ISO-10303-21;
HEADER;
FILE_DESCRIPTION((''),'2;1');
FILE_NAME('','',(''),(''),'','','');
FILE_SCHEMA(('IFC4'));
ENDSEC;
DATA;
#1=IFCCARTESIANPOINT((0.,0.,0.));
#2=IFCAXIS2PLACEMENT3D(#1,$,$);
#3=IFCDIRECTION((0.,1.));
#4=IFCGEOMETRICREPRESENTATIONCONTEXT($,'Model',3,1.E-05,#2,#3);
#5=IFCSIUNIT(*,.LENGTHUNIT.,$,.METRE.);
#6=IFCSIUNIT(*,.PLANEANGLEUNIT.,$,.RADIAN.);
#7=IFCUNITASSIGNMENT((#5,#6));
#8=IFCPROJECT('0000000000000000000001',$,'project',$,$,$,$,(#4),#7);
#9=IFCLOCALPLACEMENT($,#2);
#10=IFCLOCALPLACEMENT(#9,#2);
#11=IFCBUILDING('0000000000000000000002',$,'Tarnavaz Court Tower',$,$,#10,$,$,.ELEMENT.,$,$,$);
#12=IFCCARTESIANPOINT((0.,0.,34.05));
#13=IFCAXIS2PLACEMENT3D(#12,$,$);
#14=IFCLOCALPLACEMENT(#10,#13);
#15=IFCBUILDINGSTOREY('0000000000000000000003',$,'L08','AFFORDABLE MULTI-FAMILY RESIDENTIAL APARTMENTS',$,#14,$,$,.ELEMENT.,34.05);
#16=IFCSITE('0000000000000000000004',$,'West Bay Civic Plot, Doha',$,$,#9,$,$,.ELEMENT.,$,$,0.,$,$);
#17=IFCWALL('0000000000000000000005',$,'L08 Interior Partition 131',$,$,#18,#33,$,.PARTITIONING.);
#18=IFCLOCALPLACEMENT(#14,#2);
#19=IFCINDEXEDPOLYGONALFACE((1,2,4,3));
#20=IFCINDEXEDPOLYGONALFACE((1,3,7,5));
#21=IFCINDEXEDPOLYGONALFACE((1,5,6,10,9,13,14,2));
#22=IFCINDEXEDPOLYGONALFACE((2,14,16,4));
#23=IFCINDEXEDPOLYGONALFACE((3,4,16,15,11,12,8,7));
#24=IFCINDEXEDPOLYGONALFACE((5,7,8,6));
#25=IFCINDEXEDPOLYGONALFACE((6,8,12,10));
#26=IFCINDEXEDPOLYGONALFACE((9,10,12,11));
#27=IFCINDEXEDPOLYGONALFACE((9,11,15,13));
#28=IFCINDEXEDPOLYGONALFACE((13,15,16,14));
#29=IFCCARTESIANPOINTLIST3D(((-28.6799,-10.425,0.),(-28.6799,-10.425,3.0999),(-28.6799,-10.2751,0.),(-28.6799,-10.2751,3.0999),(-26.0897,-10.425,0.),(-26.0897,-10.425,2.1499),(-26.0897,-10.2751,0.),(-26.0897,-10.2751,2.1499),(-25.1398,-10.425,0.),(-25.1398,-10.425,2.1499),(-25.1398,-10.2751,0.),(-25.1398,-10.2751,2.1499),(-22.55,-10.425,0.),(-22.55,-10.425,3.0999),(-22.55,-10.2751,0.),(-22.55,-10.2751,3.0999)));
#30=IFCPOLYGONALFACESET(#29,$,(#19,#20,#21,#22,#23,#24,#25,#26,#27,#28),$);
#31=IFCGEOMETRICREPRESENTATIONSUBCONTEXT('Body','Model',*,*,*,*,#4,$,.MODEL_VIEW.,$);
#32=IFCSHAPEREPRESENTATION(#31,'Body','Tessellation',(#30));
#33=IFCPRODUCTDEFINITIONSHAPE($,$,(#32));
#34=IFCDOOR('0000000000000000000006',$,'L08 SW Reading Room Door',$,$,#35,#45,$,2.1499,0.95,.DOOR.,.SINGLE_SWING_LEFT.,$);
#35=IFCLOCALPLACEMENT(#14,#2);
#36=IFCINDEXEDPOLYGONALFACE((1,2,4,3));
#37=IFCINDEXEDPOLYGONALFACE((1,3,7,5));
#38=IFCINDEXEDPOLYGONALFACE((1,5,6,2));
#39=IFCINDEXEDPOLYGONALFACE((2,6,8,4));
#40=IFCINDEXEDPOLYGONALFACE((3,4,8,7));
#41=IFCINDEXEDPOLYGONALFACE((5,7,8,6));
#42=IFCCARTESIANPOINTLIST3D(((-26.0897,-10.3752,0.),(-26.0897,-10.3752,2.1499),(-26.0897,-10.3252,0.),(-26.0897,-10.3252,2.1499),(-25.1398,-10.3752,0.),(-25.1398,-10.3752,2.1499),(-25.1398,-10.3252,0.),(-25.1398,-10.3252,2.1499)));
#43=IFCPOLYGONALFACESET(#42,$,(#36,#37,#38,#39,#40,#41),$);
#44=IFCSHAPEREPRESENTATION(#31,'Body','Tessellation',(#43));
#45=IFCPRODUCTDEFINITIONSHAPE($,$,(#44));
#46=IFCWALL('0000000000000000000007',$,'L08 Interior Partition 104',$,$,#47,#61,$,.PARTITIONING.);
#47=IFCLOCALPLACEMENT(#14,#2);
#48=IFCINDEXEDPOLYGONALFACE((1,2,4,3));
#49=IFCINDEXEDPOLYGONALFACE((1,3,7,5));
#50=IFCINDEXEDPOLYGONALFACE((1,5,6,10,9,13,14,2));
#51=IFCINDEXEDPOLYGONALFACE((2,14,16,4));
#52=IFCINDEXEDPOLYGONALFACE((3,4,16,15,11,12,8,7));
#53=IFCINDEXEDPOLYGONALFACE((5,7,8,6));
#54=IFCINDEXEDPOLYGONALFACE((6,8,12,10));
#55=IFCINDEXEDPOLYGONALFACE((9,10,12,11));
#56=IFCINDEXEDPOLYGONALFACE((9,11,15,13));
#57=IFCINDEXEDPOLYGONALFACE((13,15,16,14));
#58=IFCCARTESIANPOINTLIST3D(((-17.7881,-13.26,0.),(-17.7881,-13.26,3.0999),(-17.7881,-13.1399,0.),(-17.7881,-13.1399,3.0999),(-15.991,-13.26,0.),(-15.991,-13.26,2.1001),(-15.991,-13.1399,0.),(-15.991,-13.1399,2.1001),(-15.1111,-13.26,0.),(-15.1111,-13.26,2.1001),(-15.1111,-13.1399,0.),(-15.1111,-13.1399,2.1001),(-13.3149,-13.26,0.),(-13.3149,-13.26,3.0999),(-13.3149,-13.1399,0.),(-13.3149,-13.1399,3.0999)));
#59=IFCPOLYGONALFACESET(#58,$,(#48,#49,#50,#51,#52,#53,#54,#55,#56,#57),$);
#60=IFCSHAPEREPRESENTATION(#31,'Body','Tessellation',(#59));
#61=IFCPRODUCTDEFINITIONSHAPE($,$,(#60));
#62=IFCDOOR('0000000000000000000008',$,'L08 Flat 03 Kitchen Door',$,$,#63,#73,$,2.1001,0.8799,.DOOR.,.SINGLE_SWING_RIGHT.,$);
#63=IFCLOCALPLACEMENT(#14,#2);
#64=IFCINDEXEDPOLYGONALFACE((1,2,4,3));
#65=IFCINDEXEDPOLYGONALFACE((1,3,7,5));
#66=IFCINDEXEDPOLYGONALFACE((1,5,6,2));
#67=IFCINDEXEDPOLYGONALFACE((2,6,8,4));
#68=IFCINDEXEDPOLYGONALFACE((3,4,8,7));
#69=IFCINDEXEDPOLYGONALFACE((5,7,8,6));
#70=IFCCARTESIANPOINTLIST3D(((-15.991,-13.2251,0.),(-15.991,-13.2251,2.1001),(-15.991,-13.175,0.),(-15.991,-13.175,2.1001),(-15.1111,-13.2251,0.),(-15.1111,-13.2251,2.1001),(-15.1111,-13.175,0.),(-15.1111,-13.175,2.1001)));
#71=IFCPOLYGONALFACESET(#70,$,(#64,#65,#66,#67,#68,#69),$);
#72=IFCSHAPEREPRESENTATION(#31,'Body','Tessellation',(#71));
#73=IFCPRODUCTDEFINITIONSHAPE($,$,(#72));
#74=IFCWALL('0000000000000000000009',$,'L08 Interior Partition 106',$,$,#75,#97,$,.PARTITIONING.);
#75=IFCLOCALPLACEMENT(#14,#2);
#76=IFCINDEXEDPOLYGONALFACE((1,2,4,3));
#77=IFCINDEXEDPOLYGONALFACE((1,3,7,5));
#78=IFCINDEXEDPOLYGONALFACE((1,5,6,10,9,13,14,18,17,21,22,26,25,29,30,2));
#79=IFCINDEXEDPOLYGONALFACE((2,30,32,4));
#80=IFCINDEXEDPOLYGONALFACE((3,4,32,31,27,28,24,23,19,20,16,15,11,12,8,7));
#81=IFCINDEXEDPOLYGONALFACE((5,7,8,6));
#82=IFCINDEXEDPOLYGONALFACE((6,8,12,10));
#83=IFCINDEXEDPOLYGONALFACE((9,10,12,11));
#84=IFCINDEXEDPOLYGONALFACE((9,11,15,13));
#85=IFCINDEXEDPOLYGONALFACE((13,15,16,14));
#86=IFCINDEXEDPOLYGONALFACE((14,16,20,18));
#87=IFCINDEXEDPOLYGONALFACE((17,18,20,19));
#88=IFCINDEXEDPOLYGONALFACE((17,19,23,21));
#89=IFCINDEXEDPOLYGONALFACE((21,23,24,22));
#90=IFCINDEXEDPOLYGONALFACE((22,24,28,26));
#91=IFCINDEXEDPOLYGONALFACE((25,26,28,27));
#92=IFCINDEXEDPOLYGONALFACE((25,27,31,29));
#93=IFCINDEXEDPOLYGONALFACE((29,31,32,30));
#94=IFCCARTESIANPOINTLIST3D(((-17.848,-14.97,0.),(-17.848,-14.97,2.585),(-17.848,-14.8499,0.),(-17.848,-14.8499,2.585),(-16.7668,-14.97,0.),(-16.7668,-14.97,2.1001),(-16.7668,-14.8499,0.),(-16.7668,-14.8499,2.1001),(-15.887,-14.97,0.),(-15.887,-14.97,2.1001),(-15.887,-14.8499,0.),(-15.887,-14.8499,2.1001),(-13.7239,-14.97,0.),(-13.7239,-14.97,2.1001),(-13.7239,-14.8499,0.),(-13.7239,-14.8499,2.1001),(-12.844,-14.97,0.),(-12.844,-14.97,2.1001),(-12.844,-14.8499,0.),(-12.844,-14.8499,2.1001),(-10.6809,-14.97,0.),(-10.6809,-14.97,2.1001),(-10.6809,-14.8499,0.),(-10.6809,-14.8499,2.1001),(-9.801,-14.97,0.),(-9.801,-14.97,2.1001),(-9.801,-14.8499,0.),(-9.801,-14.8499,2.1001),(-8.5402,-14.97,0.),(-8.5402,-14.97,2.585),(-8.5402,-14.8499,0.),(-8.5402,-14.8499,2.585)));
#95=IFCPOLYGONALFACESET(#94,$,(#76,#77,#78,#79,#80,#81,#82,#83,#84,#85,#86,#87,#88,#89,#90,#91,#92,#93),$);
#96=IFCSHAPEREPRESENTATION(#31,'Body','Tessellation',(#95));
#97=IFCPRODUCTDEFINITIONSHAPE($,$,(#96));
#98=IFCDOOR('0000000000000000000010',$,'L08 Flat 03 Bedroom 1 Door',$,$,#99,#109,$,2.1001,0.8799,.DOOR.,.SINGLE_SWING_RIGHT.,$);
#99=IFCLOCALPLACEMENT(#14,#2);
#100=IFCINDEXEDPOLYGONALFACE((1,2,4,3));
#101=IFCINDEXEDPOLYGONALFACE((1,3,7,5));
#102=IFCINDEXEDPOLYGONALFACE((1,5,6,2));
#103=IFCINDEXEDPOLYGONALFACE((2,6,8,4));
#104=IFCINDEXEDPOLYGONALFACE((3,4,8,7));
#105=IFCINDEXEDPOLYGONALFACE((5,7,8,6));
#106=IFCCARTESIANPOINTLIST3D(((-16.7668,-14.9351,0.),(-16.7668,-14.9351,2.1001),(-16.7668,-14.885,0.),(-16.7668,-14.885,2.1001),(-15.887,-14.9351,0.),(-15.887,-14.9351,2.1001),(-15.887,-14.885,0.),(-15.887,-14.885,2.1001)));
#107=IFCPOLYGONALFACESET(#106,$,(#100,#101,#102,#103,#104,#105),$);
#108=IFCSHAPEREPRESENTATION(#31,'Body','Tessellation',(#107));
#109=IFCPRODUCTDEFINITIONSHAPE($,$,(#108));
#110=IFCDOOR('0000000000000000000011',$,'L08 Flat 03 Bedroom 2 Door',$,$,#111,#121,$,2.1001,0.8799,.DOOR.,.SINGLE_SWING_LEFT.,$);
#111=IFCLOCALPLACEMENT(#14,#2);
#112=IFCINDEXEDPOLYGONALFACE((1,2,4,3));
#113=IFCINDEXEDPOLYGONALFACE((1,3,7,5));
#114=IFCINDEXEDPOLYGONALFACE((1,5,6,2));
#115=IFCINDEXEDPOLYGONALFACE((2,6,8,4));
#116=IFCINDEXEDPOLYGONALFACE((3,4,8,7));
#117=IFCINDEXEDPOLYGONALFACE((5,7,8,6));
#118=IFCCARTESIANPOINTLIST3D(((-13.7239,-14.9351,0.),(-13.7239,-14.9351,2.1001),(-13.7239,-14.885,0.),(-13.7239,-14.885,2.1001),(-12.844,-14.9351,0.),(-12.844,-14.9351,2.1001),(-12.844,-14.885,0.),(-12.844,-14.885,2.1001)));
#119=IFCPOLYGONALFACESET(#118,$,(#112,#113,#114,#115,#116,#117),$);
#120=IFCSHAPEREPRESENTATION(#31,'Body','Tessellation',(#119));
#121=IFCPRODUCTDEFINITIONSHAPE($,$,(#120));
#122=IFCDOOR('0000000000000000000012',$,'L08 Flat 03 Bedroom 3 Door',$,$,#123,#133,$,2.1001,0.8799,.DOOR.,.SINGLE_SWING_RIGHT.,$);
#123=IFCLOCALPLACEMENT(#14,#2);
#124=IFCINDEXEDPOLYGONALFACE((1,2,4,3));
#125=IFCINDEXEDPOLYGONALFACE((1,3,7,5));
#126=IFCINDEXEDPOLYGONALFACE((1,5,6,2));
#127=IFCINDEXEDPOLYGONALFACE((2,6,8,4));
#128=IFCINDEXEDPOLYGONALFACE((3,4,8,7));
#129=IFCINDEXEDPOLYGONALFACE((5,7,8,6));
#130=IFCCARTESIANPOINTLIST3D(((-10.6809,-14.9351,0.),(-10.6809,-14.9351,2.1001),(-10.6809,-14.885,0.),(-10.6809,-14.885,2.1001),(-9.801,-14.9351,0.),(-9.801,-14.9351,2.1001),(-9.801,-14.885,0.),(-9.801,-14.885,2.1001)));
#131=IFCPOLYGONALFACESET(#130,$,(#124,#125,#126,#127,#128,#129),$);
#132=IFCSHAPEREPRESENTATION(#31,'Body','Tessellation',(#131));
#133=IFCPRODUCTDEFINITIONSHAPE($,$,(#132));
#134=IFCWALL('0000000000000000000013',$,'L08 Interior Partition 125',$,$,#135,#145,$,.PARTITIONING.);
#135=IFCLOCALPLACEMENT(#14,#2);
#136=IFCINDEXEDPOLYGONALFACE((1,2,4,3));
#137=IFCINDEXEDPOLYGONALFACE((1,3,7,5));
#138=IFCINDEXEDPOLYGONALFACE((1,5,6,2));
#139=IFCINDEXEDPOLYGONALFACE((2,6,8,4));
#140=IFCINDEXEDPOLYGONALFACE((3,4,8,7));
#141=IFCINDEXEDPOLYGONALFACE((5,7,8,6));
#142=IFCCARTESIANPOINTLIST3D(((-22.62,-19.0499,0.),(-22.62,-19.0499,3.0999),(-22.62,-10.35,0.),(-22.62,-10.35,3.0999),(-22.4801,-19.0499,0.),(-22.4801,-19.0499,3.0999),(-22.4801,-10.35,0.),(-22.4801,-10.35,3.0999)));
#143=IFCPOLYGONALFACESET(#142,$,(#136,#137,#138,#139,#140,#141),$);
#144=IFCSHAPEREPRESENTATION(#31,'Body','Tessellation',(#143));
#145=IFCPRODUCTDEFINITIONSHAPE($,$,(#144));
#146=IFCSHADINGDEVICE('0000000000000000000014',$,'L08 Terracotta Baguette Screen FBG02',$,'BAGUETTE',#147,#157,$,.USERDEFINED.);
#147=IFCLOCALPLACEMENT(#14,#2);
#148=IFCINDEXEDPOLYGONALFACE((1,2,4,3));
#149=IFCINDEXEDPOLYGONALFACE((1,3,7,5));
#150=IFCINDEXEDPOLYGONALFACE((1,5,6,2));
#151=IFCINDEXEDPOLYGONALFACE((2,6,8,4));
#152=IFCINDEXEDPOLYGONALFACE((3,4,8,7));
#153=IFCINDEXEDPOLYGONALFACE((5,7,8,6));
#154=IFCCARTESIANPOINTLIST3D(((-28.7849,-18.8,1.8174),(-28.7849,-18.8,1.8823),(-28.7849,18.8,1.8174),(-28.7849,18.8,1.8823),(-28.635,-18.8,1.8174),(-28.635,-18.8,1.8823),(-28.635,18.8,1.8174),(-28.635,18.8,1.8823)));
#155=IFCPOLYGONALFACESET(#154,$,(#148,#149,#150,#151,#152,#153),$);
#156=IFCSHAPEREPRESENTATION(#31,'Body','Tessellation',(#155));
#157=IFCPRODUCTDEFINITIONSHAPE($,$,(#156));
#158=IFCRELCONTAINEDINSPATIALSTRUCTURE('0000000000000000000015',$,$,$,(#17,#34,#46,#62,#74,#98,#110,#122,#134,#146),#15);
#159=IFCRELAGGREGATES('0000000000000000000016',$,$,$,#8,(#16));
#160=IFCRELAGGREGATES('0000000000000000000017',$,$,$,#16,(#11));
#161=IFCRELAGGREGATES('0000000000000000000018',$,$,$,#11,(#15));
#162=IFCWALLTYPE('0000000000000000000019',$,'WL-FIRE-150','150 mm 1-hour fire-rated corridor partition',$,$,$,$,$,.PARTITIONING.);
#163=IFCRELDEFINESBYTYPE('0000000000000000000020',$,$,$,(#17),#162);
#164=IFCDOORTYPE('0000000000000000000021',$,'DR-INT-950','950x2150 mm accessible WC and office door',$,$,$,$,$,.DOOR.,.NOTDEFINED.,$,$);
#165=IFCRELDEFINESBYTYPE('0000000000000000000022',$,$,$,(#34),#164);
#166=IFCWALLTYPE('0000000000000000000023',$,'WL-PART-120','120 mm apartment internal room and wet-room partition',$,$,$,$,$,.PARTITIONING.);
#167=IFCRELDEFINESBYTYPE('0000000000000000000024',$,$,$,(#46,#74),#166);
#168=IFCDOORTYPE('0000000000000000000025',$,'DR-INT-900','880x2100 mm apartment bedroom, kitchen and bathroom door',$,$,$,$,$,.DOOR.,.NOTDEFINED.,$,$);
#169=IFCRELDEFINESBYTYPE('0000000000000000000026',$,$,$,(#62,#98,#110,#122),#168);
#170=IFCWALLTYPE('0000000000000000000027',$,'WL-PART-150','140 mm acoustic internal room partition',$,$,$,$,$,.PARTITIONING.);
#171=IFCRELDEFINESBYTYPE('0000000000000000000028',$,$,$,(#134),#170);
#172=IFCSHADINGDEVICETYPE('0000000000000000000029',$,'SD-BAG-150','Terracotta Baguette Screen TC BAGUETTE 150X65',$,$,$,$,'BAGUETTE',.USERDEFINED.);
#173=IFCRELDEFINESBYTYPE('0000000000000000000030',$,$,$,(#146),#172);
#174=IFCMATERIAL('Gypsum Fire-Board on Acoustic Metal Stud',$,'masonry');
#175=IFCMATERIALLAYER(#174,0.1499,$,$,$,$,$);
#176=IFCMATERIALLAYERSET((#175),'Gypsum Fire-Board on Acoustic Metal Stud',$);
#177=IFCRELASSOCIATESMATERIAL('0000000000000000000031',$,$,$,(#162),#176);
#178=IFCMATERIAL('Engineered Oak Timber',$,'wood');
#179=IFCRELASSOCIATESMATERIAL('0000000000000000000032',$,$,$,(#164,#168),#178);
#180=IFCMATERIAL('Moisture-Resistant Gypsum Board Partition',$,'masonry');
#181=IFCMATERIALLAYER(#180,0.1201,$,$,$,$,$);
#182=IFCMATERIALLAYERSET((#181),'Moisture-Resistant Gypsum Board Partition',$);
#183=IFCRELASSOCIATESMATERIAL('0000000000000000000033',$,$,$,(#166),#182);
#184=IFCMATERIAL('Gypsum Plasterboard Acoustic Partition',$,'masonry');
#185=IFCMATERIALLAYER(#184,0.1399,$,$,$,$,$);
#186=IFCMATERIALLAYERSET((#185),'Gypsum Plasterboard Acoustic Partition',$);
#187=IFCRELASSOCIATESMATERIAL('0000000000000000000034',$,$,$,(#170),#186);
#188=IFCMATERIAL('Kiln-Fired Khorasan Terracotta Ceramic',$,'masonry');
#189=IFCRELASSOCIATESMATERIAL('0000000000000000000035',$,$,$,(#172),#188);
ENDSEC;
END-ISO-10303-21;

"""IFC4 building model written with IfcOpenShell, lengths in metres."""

from ifc_helpers import new_model, si_unit, direction, frame, frame_2d, origin, origin_2d, place, context, subcontext, project, spatial, rectangle, extrude, material, layer, layer_set, material_profile, profile_set, type_object, element, fill, save


model = new_model("IFC4")

# Units and contexts
model_context = context("Model", 3, precision=1e-05, world=origin(), true_north=direction((0.0, 1.0)))
body_context = subcontext(model_context, "Body", "Model", "MODEL_VIEW")
ifc_project = project(units=[si_unit("LENGTHUNIT", "METRE"), si_unit("PLANEANGLEUNIT", "RADIAN")], contexts=[model_context])

# Site, building, storey
site_placement = place(None, origin())
site = spatial("IfcSite", under=ifc_project, at=site_placement, Name="West Bay Civic Plot, Doha", CompositionType="ELEMENT", RefElevation=0.0)
building_placement = place(site_placement, origin())
building = spatial("IfcBuilding", under=site, at=building_placement, Name="Tarnavaz Court Tower", CompositionType="ELEMENT")
storey_placement = place(building_placement, frame((0.0, 0.0, 34.05)))
storey = spatial("IfcBuildingStorey", under=building, at=storey_placement, Name="L08", Description="AFFORDABLE MULTI-FAMILY RESIDENTIAL APARTMENTS", CompositionType="ELEMENT", Elevation=34.05)

# Walls, openings, doors
ifc_material_1 = material(Name="Gypsum Fire-Board on Acoustic Metal Stud", Category="masonry")
ifc_layer_1 = layer(ifc_material_1, 0.1499)
ifc_layer_set_1 = layer_set([ifc_layer_1], Name="Gypsum Fire-Board on Acoustic Metal Stud")
wall_type_1 = type_object("IfcWallType", Name="WL-FIRE-150", Description="150 mm 1-hour fire-rated corridor partition", PredefinedType="PARTITIONING", material=ifc_layer_set_1)
wall_1_placement = place(storey_placement, frame((-28.6799, -10.3501, 0.0), z_axis=(0.0, 0.0, 1.0), x_axis=(1.0, 0.0, 0.0)))
wall_1 = element("IfcWall", 1, at=wall_1_placement, inside=storey, type_object=wall_type_1, Name="L08 Interior Partition 131", PredefinedType="PARTITIONING", context=body_context, shape_type="SweptSolid", body=[
    extrude(rectangle(XDim=6.1299, YDim=0.1499, at=frame_2d((3.0649, 0.0))), origin(), (0.0, 0.0, 1.0), 3.0999),
])
opening_1_placement = place(wall_1_placement, frame((2.5901, 0.0, 0.0)))
opening_1 = element("IfcOpeningElement", 2, at=opening_1_placement, cuts=wall_1, PredefinedType="OPENING", context=body_context, shape_type="SweptSolid", body=[
    extrude(rectangle(XDim=0.95, YDim=2.1499, at=frame_2d((0.4751, 1.075))), frame((0.0, 0.085, 0.0), z_axis=(0.0, -1.0, 0.0), x_axis=(1.0, 0.0, 0.0)), (0.0, 0.0, 1.0), 0.1699),
])
ifc_material_2 = material(Name="Engineered Oak Timber", Category="wood")
door_type_1 = type_object("IfcDoorType", Name="DR-INT-950", Description="950x2150 mm accessible WC and office door", OperationType="NOTDEFINED", PredefinedType="DOOR", material=ifc_material_2)
door_1_placement = place(opening_1_placement, origin())
door_1 = element("IfcDoor", 3, at=door_1_placement, inside=storey, type_object=door_type_1, Name="L08 SW Reading Room Door", OperationType="SINGLE_SWING_LEFT", OverallHeight=2.1499, OverallWidth=0.95, PredefinedType="DOOR", context=body_context, shape_type="SweptSolid", body=[
    extrude(rectangle(XDim=0.95, YDim=2.1499, at=frame_2d((0.4751, 1.075))), frame((0.0, 0.0249, 0.0), z_axis=(0.0, -1.0, 0.0), x_axis=(1.0, 0.0, 0.0)), (0.0, 0.0, 1.0), 0.05),
])
fill(opening_1, door_1)
ifc_material_3 = material(Name="Moisture-Resistant Gypsum Board Partition", Category="masonry")
ifc_layer_2 = layer(ifc_material_3, 0.1201)
ifc_layer_set_2 = layer_set([ifc_layer_2], Name="Moisture-Resistant Gypsum Board Partition")
wall_type_2 = type_object("IfcWallType", Name="WL-PART-120", Description="120 mm apartment internal room and wet-room partition", PredefinedType="PARTITIONING", material=ifc_layer_set_2)
wall_2_placement = place(storey_placement, frame((-17.7881, -13.2, 0.0), z_axis=(0.0, 0.0, 1.0), x_axis=(1.0, 0.0, 0.0)))
wall_2 = element("IfcWall", 4, at=wall_2_placement, inside=storey, type_object=wall_type_2, Name="L08 Interior Partition 104", PredefinedType="PARTITIONING", context=body_context, shape_type="SweptSolid", body=[
    extrude(rectangle(XDim=4.4731, YDim=0.1201, at=frame_2d((2.2366, 0.0))), origin(), (0.0, 0.0, 1.0), 3.0999),
])
opening_2_placement = place(wall_2_placement, frame((1.7971, 0.0, 0.0)))
opening_2 = element("IfcOpeningElement", 5, at=opening_2_placement, cuts=wall_2, PredefinedType="OPENING", context=body_context, shape_type="SweptSolid", body=[
    extrude(rectangle(XDim=0.8799, YDim=2.1001, at=frame_2d((0.4399, 1.05))), frame((0.0, 0.0701, 0.0), z_axis=(0.0, -1.0, 0.0), x_axis=(1.0, 0.0, 0.0)), (0.0, 0.0, 1.0), 0.1401),
])
door_type_2 = type_object("IfcDoorType", Name="DR-INT-900", Description="880x2100 mm apartment bedroom, kitchen and bathroom door", OperationType="NOTDEFINED", PredefinedType="DOOR", material=ifc_material_2)
door_2_placement = place(opening_2_placement, origin())
door_2 = element("IfcDoor", 6, at=door_2_placement, inside=storey, type_object=door_type_2, Name="L08 Flat 03 Kitchen Door", OperationType="SINGLE_SWING_RIGHT", OverallHeight=2.1001, OverallWidth=0.8799, PredefinedType="DOOR", context=body_context, shape_type="SweptSolid", body=[
    extrude(rectangle(XDim=0.8799, YDim=2.1001, at=frame_2d((0.4399, 1.05))), frame((0.0, 0.0249, 0.0), z_axis=(0.0, -1.0, 0.0), x_axis=(1.0, 0.0, 0.0)), (0.0, 0.0, 1.0), 0.05),
])
fill(opening_2, door_2)

# Wall, openings, doors
wall_3_placement = place(storey_placement, frame((-17.8479, -14.9099, 0.0), z_axis=(0.0, 0.0, 1.0), x_axis=(1.0, 0.0, 0.0)))
wall_3 = element("IfcWall", 7, at=wall_3_placement, inside=storey, type_object=wall_type_2, Name="L08 Interior Partition 106", PredefinedType="PARTITIONING", context=body_context, shape_type="SweptSolid", body=[
    extrude(rectangle(XDim=9.3079, YDim=0.1201, at=frame_2d((4.6538, 0.0))), origin(), (0.0, 0.0, 1.0), 2.585),
])
opening_3_placement = place(wall_3_placement, frame((1.0811, 0.0, 0.0)))
opening_3 = element("IfcOpeningElement", 8, at=opening_3_placement, cuts=wall_3, PredefinedType="OPENING", context=body_context, shape_type="SweptSolid", body=[
    extrude(rectangle(XDim=0.8799, YDim=2.1001, at=frame_2d((0.4399, 1.05))), frame((0.0, 0.0701, 0.0), z_axis=(0.0, -1.0, 0.0), x_axis=(1.0, 0.0, 0.0)), (0.0, 0.0, 1.0), 0.1401),
])
opening_4_placement = place(wall_3_placement, frame((4.124, 0.0, 0.0)))
opening_4 = element("IfcOpeningElement", 9, at=opening_4_placement, cuts=wall_3, PredefinedType="OPENING", context=body_context, shape_type="SweptSolid", body=[
    extrude(rectangle(XDim=0.8799, YDim=2.1001, at=frame_2d((0.4399, 1.05))), frame((0.0, 0.0701, 0.0), z_axis=(0.0, -1.0, 0.0), x_axis=(1.0, 0.0, 0.0)), (0.0, 0.0, 1.0), 0.1401),
])
opening_5_placement = place(wall_3_placement, frame((7.167, 0.0, 0.0)))
opening_5 = element("IfcOpeningElement", 10, at=opening_5_placement, cuts=wall_3, PredefinedType="OPENING", context=body_context, shape_type="SweptSolid", body=[
    extrude(rectangle(XDim=0.8799, YDim=2.1001, at=frame_2d((0.4399, 1.05))), frame((0.0, 0.0701, 0.0), z_axis=(0.0, -1.0, 0.0), x_axis=(1.0, 0.0, 0.0)), (0.0, 0.0, 1.0), 0.1401),
])
door_3_placement = place(opening_3_placement, origin())
door_3 = element("IfcDoor", 11, at=door_3_placement, inside=storey, type_object=door_type_2, Name="L08 Flat 03 Bedroom 1 Door", OperationType="SINGLE_SWING_RIGHT", OverallHeight=2.1001, OverallWidth=0.8799, PredefinedType="DOOR", context=body_context, shape_type="SweptSolid", body=[
    extrude(rectangle(XDim=0.8799, YDim=2.1001, at=frame_2d((0.4399, 1.05))), frame((0.0, 0.0249, 0.0), z_axis=(0.0, -1.0, 0.0), x_axis=(1.0, 0.0, 0.0)), (0.0, 0.0, 1.0), 0.05),
])
fill(opening_3, door_3)
door_4_placement = place(opening_4_placement, origin())
door_4 = element("IfcDoor", 12, at=door_4_placement, inside=storey, type_object=door_type_2, Name="L08 Flat 03 Bedroom 2 Door", OperationType="SINGLE_SWING_LEFT", OverallHeight=2.1001, OverallWidth=0.8799, PredefinedType="DOOR", context=body_context, shape_type="SweptSolid", body=[
    extrude(rectangle(XDim=0.8799, YDim=2.1001, at=frame_2d((0.4399, 1.05))), frame((0.0, 0.0249, 0.0), z_axis=(0.0, -1.0, 0.0), x_axis=(1.0, 0.0, 0.0)), (0.0, 0.0, 1.0), 0.05),
])
fill(opening_4, door_4)
door_5_placement = place(opening_5_placement, origin())
door_5 = element("IfcDoor", 13, at=door_5_placement, inside=storey, type_object=door_type_2, Name="L08 Flat 03 Bedroom 3 Door", OperationType="SINGLE_SWING_RIGHT", OverallHeight=2.1001, OverallWidth=0.8799, PredefinedType="DOOR", context=body_context, shape_type="SweptSolid", body=[
    extrude(rectangle(XDim=0.8799, YDim=2.1001, at=frame_2d((0.4399, 1.05))), frame((0.0, 0.0249, 0.0), z_axis=(0.0, -1.0, 0.0), x_axis=(1.0, 0.0, 0.0)), (0.0, 0.0, 1.0), 0.05),
])
fill(opening_5, door_5)

# Wall
ifc_material_4 = material(Name="Gypsum Plasterboard Acoustic Partition", Category="masonry")
ifc_layer_3 = layer(ifc_material_4, 0.1399)
ifc_layer_set_3 = layer_set([ifc_layer_3], Name="Gypsum Plasterboard Acoustic Partition")
wall_type_3 = type_object("IfcWallType", Name="WL-PART-150", Description="140 mm acoustic internal room partition", PredefinedType="PARTITIONING", material=ifc_layer_set_3)
wall_4_placement = place(storey_placement, frame((-22.55, -19.05, 0.0), z_axis=(0.0, 0.0, 1.0), x_axis=(0.0, 1.0, 0.0)))
element("IfcWall", 14, at=wall_4_placement, inside=storey, type_object=wall_type_3, Name="L08 Interior Partition 125", PredefinedType="PARTITIONING", context=body_context, shape_type="SweptSolid", body=[
    extrude(rectangle(XDim=8.7, YDim=0.1399, at=frame_2d((4.3501, 0.0))), origin(), (0.0, 0.0, 1.0), 3.0999),
])

# Shading device
ifc_material_5 = material(Name="Kiln-Fired Khorasan Terracotta Ceramic", Category="masonry")
ifc_material_profile_1 = material_profile(ifc_material_5, rectangle(XDim=0.1499, YDim=0.0649, at=origin_2d()), Name="TC BAGUETTE 150X65")
ifc_profile_set_1 = profile_set([ifc_material_profile_1], Name="Kiln-Fired Khorasan Terracotta Ceramic")
shading_device_type = type_object("IfcShadingDeviceType", Name="SD-BAG-150", Description="Terracotta Baguette Screen TC BAGUETTE 150X65", ElementType="BAGUETTE", PredefinedType="USERDEFINED", material=ifc_profile_set_1)
shading_device_placement = place(storey_placement, frame((-28.71, -18.8, 1.8499), z_axis=(0.0, 1.0, 0.0), x_axis=(-1.0, 0.0, 0.0)))
element("IfcShadingDevice", 15, at=shading_device_placement, inside=storey, type_object=shading_device_type, Name="L08 Terracotta Baguette Screen FBG02", ObjectType="BAGUETTE", PredefinedType="USERDEFINED", context=body_context, shape_type="SweptSolid", body=[
    extrude(rectangle(XDim=0.1499, YDim=0.0649, at=origin_2d()), origin(), (0.0, 0.0, 1.0), 37.6001),
])

save(model, "model.ifc")
